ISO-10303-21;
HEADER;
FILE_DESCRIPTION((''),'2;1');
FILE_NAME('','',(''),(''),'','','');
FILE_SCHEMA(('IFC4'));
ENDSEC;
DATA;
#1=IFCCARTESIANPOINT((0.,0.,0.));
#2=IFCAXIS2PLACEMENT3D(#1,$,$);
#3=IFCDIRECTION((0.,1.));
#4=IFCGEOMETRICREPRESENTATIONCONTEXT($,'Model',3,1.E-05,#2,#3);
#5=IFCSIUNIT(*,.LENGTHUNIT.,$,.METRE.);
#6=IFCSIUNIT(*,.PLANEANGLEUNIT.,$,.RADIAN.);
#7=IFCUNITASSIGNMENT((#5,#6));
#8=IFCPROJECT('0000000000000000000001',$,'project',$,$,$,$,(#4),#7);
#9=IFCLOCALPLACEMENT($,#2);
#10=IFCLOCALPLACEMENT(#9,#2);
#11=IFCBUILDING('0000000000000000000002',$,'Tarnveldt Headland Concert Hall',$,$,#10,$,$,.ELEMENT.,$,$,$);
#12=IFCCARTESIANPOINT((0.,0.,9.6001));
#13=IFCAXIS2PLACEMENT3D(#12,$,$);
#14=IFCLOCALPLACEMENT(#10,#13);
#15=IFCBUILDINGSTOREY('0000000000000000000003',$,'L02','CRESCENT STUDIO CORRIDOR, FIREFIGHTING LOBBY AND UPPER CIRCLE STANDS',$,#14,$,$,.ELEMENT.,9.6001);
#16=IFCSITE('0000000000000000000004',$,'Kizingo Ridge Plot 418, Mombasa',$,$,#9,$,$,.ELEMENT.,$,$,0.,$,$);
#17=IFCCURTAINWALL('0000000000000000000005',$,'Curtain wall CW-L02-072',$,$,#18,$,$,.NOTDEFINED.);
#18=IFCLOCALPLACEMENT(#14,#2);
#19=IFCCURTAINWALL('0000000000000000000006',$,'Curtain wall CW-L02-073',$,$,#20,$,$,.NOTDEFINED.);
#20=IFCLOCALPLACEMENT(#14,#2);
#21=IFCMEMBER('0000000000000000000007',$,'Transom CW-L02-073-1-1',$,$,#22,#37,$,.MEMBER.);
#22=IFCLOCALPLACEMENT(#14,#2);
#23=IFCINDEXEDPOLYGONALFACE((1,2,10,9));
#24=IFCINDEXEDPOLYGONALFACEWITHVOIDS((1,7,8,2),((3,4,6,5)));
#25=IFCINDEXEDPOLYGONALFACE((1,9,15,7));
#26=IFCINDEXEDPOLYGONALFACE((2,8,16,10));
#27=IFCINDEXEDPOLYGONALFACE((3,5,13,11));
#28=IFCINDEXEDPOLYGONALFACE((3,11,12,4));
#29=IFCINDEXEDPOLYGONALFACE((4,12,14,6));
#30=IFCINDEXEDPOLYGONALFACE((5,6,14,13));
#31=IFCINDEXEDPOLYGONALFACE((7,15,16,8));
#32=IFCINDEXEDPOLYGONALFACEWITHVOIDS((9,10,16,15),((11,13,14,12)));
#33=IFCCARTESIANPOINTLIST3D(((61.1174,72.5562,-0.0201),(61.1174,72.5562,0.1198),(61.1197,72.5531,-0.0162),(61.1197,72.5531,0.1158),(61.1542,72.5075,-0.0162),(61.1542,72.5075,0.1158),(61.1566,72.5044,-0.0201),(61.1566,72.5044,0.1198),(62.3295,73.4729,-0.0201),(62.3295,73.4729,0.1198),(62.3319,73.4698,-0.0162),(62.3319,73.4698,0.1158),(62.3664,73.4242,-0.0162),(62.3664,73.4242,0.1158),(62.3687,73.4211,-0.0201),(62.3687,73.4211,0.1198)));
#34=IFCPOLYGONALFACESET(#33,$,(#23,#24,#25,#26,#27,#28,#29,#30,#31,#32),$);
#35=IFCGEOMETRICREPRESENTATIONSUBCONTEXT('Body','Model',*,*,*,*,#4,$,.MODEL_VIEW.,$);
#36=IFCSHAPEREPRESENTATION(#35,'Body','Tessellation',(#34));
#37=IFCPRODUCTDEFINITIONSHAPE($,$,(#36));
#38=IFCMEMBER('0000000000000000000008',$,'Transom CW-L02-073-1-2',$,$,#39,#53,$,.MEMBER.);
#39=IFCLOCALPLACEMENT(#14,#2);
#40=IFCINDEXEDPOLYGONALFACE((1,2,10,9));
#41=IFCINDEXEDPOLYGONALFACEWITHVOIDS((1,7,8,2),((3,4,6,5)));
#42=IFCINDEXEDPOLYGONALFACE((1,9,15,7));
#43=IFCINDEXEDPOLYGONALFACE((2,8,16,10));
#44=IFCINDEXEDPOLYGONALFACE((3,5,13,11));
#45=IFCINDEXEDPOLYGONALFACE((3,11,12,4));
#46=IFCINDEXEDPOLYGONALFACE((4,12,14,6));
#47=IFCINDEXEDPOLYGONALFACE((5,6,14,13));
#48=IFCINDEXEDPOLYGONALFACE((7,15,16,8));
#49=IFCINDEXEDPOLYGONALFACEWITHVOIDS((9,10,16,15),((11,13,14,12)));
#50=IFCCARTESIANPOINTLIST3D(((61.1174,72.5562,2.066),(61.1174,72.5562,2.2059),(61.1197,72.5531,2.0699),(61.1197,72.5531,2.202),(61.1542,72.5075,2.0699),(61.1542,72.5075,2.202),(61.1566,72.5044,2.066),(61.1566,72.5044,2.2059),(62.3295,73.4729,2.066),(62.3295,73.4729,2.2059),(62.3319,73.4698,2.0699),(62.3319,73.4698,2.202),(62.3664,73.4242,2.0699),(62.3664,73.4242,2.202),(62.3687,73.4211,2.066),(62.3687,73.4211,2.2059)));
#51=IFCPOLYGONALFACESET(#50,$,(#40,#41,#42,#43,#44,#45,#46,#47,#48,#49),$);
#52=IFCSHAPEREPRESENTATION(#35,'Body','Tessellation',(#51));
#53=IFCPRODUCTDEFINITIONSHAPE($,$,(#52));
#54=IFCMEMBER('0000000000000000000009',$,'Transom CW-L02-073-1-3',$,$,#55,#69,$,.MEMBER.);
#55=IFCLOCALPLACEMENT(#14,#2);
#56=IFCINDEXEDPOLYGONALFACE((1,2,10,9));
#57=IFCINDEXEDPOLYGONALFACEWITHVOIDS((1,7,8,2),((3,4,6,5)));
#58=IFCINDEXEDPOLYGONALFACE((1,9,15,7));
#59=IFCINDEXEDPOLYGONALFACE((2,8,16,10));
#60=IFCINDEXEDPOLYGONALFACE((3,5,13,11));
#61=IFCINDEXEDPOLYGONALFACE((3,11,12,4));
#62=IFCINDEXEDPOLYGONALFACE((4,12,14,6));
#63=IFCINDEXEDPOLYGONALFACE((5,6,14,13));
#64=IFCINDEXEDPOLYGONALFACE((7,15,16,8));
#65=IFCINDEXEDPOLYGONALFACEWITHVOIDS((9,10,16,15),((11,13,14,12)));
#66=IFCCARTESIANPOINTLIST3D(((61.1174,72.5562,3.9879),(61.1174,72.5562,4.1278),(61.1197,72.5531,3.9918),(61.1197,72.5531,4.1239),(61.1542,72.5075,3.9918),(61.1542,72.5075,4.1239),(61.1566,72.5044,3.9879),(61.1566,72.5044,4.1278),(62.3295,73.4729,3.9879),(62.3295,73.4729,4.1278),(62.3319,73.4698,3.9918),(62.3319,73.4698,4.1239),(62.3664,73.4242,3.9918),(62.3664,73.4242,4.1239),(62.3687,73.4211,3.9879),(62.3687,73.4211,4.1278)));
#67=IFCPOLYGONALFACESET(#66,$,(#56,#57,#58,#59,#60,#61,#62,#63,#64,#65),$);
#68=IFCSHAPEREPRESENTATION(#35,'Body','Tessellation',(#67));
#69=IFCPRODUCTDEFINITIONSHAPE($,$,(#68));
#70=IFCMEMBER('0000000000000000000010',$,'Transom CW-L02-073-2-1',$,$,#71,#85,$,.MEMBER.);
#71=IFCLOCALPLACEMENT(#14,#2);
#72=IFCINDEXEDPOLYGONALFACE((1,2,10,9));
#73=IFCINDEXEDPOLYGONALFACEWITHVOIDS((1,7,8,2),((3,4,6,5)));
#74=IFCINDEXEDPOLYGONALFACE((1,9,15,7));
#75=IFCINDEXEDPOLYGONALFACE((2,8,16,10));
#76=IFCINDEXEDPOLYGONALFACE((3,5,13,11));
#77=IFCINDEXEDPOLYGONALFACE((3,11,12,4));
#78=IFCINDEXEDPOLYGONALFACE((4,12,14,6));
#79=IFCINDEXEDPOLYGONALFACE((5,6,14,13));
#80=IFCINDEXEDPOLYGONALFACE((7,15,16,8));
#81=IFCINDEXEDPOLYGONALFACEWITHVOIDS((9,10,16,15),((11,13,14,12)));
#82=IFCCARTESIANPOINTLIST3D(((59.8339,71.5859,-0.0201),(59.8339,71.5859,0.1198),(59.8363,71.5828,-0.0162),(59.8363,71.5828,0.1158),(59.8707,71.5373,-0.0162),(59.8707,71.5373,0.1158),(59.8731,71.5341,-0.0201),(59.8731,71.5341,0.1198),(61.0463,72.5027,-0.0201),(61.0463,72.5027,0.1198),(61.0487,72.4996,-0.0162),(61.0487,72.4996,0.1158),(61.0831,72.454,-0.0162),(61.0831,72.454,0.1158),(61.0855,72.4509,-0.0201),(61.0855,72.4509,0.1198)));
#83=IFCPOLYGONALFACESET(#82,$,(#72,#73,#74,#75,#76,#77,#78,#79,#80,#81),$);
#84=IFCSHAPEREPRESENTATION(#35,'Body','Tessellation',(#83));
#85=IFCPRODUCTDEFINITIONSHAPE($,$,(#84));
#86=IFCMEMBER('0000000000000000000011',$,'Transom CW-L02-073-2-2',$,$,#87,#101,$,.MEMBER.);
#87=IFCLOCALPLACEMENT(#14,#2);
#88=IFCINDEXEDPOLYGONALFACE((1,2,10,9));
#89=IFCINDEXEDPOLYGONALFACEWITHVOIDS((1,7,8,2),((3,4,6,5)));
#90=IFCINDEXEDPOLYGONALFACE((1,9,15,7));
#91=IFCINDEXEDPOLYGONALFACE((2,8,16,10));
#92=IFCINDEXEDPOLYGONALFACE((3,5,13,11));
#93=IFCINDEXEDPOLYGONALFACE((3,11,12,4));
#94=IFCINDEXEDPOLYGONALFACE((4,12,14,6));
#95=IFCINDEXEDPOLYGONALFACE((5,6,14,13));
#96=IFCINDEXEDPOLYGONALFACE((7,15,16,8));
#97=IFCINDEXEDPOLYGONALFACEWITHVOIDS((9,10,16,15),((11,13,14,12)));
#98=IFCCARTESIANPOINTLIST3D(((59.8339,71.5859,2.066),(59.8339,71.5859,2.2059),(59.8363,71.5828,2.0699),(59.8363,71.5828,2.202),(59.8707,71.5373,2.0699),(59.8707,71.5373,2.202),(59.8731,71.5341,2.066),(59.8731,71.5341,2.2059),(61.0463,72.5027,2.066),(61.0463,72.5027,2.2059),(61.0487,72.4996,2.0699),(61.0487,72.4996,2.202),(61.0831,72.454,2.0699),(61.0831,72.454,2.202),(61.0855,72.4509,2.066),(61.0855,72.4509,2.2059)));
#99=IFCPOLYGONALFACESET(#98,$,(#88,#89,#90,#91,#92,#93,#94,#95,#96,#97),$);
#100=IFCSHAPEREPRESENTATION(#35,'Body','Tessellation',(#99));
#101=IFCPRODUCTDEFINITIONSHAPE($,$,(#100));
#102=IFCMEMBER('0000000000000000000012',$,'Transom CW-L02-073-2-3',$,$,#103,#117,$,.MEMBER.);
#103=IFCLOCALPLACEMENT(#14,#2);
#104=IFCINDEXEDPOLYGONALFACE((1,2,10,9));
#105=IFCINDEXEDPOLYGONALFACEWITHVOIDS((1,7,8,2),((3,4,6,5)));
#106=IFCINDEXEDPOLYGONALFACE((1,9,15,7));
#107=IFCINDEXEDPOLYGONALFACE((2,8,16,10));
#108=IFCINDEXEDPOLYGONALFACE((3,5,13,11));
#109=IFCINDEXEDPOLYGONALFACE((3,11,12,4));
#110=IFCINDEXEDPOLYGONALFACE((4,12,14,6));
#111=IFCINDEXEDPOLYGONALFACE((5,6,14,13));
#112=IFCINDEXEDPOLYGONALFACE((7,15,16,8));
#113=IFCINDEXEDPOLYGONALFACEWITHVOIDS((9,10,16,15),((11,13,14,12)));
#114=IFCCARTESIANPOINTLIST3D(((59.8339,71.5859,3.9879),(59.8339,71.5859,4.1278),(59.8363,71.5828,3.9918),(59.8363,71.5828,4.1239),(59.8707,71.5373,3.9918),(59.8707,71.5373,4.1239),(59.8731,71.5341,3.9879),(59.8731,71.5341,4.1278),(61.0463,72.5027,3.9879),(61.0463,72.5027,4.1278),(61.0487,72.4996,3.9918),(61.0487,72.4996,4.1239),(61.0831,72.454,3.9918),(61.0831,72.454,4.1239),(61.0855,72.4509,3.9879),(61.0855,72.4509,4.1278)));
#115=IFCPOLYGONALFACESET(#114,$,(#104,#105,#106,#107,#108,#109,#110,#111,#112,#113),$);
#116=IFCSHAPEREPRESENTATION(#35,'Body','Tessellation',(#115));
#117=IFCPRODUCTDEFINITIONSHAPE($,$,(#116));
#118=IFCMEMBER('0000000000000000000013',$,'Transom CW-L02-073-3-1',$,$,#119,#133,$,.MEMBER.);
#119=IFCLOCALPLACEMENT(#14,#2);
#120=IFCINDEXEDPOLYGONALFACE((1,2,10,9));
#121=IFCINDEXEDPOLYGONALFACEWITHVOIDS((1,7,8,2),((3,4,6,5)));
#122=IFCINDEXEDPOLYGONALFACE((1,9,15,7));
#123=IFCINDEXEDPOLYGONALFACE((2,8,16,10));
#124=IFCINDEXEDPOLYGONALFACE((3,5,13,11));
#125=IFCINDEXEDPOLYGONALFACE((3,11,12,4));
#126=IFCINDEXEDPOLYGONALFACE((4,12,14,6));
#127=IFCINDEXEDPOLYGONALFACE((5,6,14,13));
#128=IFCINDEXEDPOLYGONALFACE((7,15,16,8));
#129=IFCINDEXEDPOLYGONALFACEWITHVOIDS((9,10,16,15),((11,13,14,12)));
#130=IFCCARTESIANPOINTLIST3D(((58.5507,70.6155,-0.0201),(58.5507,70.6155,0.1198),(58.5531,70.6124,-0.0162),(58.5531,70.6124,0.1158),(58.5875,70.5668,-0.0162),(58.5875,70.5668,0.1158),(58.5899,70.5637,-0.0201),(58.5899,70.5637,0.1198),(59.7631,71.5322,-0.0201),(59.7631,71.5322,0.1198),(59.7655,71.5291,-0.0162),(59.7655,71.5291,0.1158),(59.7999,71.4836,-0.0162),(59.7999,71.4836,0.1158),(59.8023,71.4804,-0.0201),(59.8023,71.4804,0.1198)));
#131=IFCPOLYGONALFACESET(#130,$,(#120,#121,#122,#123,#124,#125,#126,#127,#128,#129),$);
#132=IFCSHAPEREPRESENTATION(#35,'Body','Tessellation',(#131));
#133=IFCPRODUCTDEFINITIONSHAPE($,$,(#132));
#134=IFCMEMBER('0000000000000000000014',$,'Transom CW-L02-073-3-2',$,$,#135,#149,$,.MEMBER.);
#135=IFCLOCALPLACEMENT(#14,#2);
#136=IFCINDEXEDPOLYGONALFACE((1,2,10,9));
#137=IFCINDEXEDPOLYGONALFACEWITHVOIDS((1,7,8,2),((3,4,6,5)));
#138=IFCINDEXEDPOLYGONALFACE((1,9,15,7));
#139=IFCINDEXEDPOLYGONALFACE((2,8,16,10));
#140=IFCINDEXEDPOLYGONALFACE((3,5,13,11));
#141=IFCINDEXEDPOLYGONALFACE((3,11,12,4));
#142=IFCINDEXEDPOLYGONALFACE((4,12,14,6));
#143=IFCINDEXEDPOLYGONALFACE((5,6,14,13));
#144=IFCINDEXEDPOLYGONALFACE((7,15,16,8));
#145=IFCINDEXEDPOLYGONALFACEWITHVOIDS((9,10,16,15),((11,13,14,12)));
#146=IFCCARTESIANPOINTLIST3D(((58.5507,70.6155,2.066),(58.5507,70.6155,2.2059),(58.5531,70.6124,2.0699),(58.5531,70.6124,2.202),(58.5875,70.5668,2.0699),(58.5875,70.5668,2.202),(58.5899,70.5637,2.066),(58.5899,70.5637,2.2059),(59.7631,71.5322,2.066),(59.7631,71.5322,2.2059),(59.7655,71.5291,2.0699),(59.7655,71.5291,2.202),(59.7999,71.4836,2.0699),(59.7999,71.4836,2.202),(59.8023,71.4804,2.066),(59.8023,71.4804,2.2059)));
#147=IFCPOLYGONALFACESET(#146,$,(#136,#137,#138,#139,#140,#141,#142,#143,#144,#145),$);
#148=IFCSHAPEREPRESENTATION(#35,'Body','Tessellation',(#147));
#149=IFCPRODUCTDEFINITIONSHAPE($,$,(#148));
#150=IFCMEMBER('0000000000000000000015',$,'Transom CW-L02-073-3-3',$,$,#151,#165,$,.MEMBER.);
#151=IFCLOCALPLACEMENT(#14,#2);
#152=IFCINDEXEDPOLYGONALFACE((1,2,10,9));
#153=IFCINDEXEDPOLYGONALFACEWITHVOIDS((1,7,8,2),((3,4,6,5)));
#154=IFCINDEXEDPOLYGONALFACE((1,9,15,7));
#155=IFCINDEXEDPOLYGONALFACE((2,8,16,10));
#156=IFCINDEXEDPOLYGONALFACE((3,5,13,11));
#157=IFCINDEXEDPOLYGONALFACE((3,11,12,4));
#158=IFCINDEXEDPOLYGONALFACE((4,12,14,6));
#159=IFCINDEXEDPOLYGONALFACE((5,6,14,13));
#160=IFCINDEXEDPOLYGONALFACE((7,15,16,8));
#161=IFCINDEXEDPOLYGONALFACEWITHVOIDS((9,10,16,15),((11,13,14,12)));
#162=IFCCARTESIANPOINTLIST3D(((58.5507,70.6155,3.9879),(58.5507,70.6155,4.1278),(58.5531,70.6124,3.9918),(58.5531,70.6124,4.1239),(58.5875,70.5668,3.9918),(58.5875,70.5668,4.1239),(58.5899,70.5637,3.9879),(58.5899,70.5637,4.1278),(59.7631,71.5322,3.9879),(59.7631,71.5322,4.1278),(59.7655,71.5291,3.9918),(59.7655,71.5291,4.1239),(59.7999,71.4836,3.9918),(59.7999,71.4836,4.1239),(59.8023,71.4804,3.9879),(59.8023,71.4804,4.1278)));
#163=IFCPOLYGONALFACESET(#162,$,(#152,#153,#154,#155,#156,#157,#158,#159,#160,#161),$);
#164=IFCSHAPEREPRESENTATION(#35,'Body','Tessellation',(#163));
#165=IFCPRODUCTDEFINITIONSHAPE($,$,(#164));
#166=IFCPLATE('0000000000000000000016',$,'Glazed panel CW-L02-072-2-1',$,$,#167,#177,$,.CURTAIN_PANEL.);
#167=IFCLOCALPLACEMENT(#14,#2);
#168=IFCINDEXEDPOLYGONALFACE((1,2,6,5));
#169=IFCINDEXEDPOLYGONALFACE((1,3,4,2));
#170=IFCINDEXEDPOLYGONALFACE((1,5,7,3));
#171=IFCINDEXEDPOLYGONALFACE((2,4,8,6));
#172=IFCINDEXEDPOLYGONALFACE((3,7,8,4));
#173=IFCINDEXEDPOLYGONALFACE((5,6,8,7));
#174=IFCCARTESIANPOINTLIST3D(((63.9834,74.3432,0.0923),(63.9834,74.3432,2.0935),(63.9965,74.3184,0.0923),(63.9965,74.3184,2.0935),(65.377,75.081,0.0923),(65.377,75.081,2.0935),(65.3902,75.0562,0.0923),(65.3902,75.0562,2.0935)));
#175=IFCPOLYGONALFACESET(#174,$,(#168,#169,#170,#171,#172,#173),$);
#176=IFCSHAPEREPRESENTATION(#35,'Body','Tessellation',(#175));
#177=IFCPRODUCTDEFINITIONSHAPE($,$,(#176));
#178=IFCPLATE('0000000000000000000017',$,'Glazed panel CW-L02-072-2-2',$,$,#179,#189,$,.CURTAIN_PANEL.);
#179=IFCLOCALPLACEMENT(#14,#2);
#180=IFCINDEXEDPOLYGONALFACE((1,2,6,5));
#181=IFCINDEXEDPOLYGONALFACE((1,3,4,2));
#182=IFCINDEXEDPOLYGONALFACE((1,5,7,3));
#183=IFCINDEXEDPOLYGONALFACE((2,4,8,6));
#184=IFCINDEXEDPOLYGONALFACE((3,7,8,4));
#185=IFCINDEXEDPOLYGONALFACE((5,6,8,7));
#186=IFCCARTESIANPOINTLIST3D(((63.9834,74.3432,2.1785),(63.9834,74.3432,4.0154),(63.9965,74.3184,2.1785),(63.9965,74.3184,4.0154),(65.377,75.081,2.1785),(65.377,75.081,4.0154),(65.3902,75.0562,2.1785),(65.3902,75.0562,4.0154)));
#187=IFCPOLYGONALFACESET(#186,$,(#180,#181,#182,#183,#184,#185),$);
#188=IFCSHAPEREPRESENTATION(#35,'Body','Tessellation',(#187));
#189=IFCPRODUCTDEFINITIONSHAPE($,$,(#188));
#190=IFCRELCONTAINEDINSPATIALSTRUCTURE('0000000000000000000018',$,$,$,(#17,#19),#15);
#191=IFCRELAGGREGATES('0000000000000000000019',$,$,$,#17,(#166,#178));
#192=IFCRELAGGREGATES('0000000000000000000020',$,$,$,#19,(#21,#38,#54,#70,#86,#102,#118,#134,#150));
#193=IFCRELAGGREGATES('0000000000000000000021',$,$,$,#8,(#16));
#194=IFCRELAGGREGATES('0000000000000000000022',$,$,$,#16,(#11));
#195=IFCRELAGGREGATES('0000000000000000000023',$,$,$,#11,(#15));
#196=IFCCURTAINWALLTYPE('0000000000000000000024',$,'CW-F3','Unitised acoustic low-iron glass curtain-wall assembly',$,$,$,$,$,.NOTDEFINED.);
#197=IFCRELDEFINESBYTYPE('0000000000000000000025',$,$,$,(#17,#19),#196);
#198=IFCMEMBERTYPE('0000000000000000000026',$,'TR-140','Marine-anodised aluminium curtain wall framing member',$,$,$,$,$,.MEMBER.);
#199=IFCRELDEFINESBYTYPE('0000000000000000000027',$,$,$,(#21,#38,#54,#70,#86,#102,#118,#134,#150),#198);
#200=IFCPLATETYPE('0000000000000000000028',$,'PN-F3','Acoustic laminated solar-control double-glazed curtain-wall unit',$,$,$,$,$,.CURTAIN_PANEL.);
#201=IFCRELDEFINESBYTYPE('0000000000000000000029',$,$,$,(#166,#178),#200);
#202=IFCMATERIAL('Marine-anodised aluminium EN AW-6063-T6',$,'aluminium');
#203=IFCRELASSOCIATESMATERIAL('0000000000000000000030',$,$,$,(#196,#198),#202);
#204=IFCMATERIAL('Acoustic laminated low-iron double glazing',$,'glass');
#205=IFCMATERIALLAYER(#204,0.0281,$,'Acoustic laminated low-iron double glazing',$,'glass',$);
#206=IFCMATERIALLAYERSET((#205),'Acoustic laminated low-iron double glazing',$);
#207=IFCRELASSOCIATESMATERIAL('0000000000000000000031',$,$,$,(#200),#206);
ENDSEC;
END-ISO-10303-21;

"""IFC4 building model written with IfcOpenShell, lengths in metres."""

from ifc_helpers import new_model, si_unit, direction, frame, origin, origin_2d, place, context, subcontext, project, spatial, rectangle, hollow_rectangle, extrude, material, layer, layer_set, material_profile, profile_set, type_object, element, aggregate, save


model = new_model("IFC4")

# Units and contexts
model_context = context("Model", 3, precision=1e-05, world=origin(), true_north=direction((0.0, 1.0)))
body_context = subcontext(model_context, "Body", "Model", "MODEL_VIEW")
ifc_project = project(units=[si_unit("LENGTHUNIT", "METRE"), si_unit("PLANEANGLEUNIT", "RADIAN")], contexts=[model_context])

# Site, building, storey
site_placement = place(None, origin())
site = spatial("IfcSite", under=ifc_project, at=site_placement, Name="Kizingo Ridge Plot 418, Mombasa", CompositionType="ELEMENT", RefElevation=0.0)
building_placement = place(site_placement, origin())
building = spatial("IfcBuilding", under=site, at=building_placement, Name="Tarnveldt Headland Concert Hall", CompositionType="ELEMENT")
storey_placement = place(building_placement, frame((0.0, 0.0, 9.6001)))
storey = spatial("IfcBuildingStorey", under=building, at=storey_placement, Name="L02", Description="CRESCENT STUDIO CORRIDOR, FIREFIGHTING LOBBY AND UPPER CIRCLE STANDS", CompositionType="ELEMENT", Elevation=9.6001)

# Curtain walls
ifc_material_1 = material(Name="Marine-anodised aluminium EN AW-6063-T6", Category="aluminium")
curtain_wall_type = type_object("IfcCurtainWallType", Name="CW-F3", Description="Unitised acoustic low-iron glass curtain-wall assembly", PredefinedType="NOTDEFINED", material=ifc_material_1)
curtain_wall_1_placement = place(storey_placement, origin())
curtain_wall_1 = element("IfcCurtainWall", 1, at=curtain_wall_1_placement, inside=storey, type_object=curtain_wall_type, Name="Curtain wall CW-L02-072", PredefinedType="NOTDEFINED")
curtain_wall_2_placement = place(storey_placement, origin())
curtain_wall_2 = element("IfcCurtainWall", 2, at=curtain_wall_2_placement, inside=storey, type_object=curtain_wall_type, Name="Curtain wall CW-L02-073", PredefinedType="NOTDEFINED")

# Members
ifc_material_profile_1 = material_profile(ifc_material_1, hollow_rectangle(XDim=0.0649, YDim=0.1399, WallThickness=0.0039, at=origin_2d()), Name="ALU TRANSOM 65x140x4", Category="aluminium")
ifc_profile_set_1 = profile_set([ifc_material_profile_1], Name="Marine-anodised aluminium EN AW-6063-T6")
member_type_1 = type_object("IfcMemberType", Name="TR-140", Description="Marine-anodised aluminium curtain wall framing member", PredefinedType="MEMBER", material=ifc_profile_set_1)
member_1_placement = place(storey_placement, frame((62.3491, 73.447, 0.0498), z_axis=(-0.797584, -0.603208, 0.0), x_axis=(0.603208, -0.797584, 0.0)))
member_1 = element("IfcMember", 3, at=member_1_placement, type_object=member_type_1, Name="Transom CW-L02-073-1-1", PredefinedType="MEMBER", context=body_context, shape_type="SweptSolid", body=[
    extrude(hollow_rectangle(XDim=0.0649, YDim=0.1399, WallThickness=0.0039, at=origin_2d()), origin(), (0.0, 0.0, 1.0), 1.5198),
])
member_2_placement = place(storey_placement, frame((62.3491, 73.447, 2.136), z_axis=(-0.797584, -0.603208, 0.0), x_axis=(0.603208, -0.797584, 0.0)))
member_2 = element("IfcMember", 4, at=member_2_placement, type_object=member_type_1, Name="Transom CW-L02-073-1-2", PredefinedType="MEMBER", context=body_context, shape_type="SweptSolid", body=[
    extrude(hollow_rectangle(XDim=0.0649, YDim=0.1399, WallThickness=0.0039, at=origin_2d()), origin(), (0.0, 0.0, 1.0), 1.5198),
])
member_3_placement = place(storey_placement, frame((62.3491, 73.447, 4.0579), z_axis=(-0.797584, -0.603208, 0.0), x_axis=(0.603208, -0.797584, 0.0)))
member_3 = element("IfcMember", 5, at=member_3_placement, type_object=member_type_1, Name="Transom CW-L02-073-1-3", PredefinedType="MEMBER", context=body_context, shape_type="SweptSolid", body=[
    extrude(hollow_rectangle(XDim=0.0649, YDim=0.1399, WallThickness=0.0039, at=origin_2d()), origin(), (0.0, 0.0, 1.0), 1.5198),
])
member_4_placement = place(storey_placement, frame((61.0659, 72.4768, 0.0498), z_axis=(-0.797642, -0.603131, 0.0), x_axis=(0.603131, -0.797642, 0.0)))
member_4 = element("IfcMember", 6, at=member_4_placement, type_object=member_type_1, Name="Transom CW-L02-073-2-1", PredefinedType="MEMBER", context=body_context, shape_type="SweptSolid", body=[
    extrude(hollow_rectangle(XDim=0.0649, YDim=0.1399, WallThickness=0.0039, at=origin_2d()), origin(), (0.0, 0.0, 1.0), 1.52),
])
member_5_placement = place(storey_placement, frame((61.0659, 72.4768, 2.136), z_axis=(-0.797642, -0.603131, 0.0), x_axis=(0.603131, -0.797642, 0.0)))
member_5 = element("IfcMember", 7, at=member_5_placement, type_object=member_type_1, Name="Transom CW-L02-073-2-2", PredefinedType="MEMBER", context=body_context, shape_type="SweptSolid", body=[
    extrude(hollow_rectangle(XDim=0.0649, YDim=0.1399, WallThickness=0.0039, at=origin_2d()), origin(), (0.0, 0.0, 1.0), 1.52),
])
member_6_placement = place(storey_placement, frame((61.0659, 72.4768, 4.0579), z_axis=(-0.797642, -0.603131, 0.0), x_axis=(0.603131, -0.797642, 0.0)))
member_6 = element("IfcMember", 8, at=member_6_placement, type_object=member_type_1, Name="Transom CW-L02-073-2-3", PredefinedType="MEMBER", context=body_context, shape_type="SweptSolid", body=[
    extrude(hollow_rectangle(XDim=0.0649, YDim=0.1399, WallThickness=0.0039, at=origin_2d()), origin(), (0.0, 0.0, 1.0), 1.52),
])
member_7_placement = place(storey_placement, frame((59.7827, 71.5063, 0.0498), z_axis=(-0.797642, -0.603131, 0.0), x_axis=(0.603131, -0.797642, 0.0)))
member_7 = element("IfcMember", 9, at=member_7_placement, type_object=member_type_1, Name="Transom CW-L02-073-3-1", PredefinedType="MEMBER", context=body_context, shape_type="SweptSolid", body=[
    extrude(hollow_rectangle(XDim=0.0649, YDim=0.1399, WallThickness=0.0039, at=origin_2d()), origin(), (0.0, 0.0, 1.0), 1.52),
])
member_8_placement = place(storey_placement, frame((59.7827, 71.5063, 2.136), z_axis=(-0.797642, -0.603131, 0.0), x_axis=(0.603131, -0.797642, 0.0)))
member_8 = element("IfcMember", 10, at=member_8_placement, type_object=member_type_1, Name="Transom CW-L02-073-3-2", PredefinedType="MEMBER", context=body_context, shape_type="SweptSolid", body=[
    extrude(hollow_rectangle(XDim=0.0649, YDim=0.1399, WallThickness=0.0039, at=origin_2d()), origin(), (0.0, 0.0, 1.0), 1.52),
])
member_9_placement = place(storey_placement, frame((59.7827, 71.5063, 4.0579), z_axis=(-0.797642, -0.603131, 0.0), x_axis=(0.603131, -0.797642, 0.0)))
member_9 = element("IfcMember", 11, at=member_9_placement, type_object=member_type_1, Name="Transom CW-L02-073-3-3", PredefinedType="MEMBER", context=body_context, shape_type="SweptSolid", body=[
    extrude(hollow_rectangle(XDim=0.0649, YDim=0.1399, WallThickness=0.0039, at=origin_2d()), origin(), (0.0, 0.0, 1.0), 1.52),
])

# Plates
ifc_material_2 = material(Name="Acoustic laminated low-iron double glazing", Category="glass")
ifc_layer_1 = layer(ifc_material_2, 0.0281, Name="Acoustic laminated low-iron double glazing", Category="glass")
ifc_layer_set_1 = layer_set([ifc_layer_1], Name="Acoustic laminated low-iron double glazing")
plate_type = type_object("IfcPlateType", Name="PN-F3", Description="Acoustic laminated solar-control double-glazed curtain-wall unit", PredefinedType="CURTAIN_PANEL", material=ifc_layer_set_1)
plate_1_placement = place(storey_placement, frame((64.6868, 74.6997, 0.0923), z_axis=(0.0, 0.0, 1.0), x_axis=(-0.883782, -0.467899, 0.0)))
plate_1 = element("IfcPlate", 12, at=plate_1_placement, type_object=plate_type, Name="Glazed panel CW-L02-072-2-1", PredefinedType="CURTAIN_PANEL", context=body_context, shape_type="SweptSolid", body=[
    extrude(rectangle(XDim=1.5769, YDim=0.0281, at=origin_2d()), origin(), (0.0, 0.0, 1.0), 2.0012),
])
plate_2_placement = place(storey_placement, frame((64.6868, 74.6997, 2.1785), z_axis=(0.0, 0.0, 1.0), x_axis=(-0.883782, -0.467899, 0.0)))
plate_2 = element("IfcPlate", 13, at=plate_2_placement, type_object=plate_type, Name="Glazed panel CW-L02-072-2-2", PredefinedType="CURTAIN_PANEL", context=body_context, shape_type="SweptSolid", body=[
    extrude(rectangle(XDim=1.5769, YDim=0.0281, at=origin_2d()), origin(), (0.0, 0.0, 1.0), 1.8369),
])
aggregate(curtain_wall_1, [plate_1, plate_2])
aggregate(curtain_wall_2, [member_1, member_2, member_3, member_4, member_5, member_6, member_7, member_8, member_9])

save(model, "model.ifc")
